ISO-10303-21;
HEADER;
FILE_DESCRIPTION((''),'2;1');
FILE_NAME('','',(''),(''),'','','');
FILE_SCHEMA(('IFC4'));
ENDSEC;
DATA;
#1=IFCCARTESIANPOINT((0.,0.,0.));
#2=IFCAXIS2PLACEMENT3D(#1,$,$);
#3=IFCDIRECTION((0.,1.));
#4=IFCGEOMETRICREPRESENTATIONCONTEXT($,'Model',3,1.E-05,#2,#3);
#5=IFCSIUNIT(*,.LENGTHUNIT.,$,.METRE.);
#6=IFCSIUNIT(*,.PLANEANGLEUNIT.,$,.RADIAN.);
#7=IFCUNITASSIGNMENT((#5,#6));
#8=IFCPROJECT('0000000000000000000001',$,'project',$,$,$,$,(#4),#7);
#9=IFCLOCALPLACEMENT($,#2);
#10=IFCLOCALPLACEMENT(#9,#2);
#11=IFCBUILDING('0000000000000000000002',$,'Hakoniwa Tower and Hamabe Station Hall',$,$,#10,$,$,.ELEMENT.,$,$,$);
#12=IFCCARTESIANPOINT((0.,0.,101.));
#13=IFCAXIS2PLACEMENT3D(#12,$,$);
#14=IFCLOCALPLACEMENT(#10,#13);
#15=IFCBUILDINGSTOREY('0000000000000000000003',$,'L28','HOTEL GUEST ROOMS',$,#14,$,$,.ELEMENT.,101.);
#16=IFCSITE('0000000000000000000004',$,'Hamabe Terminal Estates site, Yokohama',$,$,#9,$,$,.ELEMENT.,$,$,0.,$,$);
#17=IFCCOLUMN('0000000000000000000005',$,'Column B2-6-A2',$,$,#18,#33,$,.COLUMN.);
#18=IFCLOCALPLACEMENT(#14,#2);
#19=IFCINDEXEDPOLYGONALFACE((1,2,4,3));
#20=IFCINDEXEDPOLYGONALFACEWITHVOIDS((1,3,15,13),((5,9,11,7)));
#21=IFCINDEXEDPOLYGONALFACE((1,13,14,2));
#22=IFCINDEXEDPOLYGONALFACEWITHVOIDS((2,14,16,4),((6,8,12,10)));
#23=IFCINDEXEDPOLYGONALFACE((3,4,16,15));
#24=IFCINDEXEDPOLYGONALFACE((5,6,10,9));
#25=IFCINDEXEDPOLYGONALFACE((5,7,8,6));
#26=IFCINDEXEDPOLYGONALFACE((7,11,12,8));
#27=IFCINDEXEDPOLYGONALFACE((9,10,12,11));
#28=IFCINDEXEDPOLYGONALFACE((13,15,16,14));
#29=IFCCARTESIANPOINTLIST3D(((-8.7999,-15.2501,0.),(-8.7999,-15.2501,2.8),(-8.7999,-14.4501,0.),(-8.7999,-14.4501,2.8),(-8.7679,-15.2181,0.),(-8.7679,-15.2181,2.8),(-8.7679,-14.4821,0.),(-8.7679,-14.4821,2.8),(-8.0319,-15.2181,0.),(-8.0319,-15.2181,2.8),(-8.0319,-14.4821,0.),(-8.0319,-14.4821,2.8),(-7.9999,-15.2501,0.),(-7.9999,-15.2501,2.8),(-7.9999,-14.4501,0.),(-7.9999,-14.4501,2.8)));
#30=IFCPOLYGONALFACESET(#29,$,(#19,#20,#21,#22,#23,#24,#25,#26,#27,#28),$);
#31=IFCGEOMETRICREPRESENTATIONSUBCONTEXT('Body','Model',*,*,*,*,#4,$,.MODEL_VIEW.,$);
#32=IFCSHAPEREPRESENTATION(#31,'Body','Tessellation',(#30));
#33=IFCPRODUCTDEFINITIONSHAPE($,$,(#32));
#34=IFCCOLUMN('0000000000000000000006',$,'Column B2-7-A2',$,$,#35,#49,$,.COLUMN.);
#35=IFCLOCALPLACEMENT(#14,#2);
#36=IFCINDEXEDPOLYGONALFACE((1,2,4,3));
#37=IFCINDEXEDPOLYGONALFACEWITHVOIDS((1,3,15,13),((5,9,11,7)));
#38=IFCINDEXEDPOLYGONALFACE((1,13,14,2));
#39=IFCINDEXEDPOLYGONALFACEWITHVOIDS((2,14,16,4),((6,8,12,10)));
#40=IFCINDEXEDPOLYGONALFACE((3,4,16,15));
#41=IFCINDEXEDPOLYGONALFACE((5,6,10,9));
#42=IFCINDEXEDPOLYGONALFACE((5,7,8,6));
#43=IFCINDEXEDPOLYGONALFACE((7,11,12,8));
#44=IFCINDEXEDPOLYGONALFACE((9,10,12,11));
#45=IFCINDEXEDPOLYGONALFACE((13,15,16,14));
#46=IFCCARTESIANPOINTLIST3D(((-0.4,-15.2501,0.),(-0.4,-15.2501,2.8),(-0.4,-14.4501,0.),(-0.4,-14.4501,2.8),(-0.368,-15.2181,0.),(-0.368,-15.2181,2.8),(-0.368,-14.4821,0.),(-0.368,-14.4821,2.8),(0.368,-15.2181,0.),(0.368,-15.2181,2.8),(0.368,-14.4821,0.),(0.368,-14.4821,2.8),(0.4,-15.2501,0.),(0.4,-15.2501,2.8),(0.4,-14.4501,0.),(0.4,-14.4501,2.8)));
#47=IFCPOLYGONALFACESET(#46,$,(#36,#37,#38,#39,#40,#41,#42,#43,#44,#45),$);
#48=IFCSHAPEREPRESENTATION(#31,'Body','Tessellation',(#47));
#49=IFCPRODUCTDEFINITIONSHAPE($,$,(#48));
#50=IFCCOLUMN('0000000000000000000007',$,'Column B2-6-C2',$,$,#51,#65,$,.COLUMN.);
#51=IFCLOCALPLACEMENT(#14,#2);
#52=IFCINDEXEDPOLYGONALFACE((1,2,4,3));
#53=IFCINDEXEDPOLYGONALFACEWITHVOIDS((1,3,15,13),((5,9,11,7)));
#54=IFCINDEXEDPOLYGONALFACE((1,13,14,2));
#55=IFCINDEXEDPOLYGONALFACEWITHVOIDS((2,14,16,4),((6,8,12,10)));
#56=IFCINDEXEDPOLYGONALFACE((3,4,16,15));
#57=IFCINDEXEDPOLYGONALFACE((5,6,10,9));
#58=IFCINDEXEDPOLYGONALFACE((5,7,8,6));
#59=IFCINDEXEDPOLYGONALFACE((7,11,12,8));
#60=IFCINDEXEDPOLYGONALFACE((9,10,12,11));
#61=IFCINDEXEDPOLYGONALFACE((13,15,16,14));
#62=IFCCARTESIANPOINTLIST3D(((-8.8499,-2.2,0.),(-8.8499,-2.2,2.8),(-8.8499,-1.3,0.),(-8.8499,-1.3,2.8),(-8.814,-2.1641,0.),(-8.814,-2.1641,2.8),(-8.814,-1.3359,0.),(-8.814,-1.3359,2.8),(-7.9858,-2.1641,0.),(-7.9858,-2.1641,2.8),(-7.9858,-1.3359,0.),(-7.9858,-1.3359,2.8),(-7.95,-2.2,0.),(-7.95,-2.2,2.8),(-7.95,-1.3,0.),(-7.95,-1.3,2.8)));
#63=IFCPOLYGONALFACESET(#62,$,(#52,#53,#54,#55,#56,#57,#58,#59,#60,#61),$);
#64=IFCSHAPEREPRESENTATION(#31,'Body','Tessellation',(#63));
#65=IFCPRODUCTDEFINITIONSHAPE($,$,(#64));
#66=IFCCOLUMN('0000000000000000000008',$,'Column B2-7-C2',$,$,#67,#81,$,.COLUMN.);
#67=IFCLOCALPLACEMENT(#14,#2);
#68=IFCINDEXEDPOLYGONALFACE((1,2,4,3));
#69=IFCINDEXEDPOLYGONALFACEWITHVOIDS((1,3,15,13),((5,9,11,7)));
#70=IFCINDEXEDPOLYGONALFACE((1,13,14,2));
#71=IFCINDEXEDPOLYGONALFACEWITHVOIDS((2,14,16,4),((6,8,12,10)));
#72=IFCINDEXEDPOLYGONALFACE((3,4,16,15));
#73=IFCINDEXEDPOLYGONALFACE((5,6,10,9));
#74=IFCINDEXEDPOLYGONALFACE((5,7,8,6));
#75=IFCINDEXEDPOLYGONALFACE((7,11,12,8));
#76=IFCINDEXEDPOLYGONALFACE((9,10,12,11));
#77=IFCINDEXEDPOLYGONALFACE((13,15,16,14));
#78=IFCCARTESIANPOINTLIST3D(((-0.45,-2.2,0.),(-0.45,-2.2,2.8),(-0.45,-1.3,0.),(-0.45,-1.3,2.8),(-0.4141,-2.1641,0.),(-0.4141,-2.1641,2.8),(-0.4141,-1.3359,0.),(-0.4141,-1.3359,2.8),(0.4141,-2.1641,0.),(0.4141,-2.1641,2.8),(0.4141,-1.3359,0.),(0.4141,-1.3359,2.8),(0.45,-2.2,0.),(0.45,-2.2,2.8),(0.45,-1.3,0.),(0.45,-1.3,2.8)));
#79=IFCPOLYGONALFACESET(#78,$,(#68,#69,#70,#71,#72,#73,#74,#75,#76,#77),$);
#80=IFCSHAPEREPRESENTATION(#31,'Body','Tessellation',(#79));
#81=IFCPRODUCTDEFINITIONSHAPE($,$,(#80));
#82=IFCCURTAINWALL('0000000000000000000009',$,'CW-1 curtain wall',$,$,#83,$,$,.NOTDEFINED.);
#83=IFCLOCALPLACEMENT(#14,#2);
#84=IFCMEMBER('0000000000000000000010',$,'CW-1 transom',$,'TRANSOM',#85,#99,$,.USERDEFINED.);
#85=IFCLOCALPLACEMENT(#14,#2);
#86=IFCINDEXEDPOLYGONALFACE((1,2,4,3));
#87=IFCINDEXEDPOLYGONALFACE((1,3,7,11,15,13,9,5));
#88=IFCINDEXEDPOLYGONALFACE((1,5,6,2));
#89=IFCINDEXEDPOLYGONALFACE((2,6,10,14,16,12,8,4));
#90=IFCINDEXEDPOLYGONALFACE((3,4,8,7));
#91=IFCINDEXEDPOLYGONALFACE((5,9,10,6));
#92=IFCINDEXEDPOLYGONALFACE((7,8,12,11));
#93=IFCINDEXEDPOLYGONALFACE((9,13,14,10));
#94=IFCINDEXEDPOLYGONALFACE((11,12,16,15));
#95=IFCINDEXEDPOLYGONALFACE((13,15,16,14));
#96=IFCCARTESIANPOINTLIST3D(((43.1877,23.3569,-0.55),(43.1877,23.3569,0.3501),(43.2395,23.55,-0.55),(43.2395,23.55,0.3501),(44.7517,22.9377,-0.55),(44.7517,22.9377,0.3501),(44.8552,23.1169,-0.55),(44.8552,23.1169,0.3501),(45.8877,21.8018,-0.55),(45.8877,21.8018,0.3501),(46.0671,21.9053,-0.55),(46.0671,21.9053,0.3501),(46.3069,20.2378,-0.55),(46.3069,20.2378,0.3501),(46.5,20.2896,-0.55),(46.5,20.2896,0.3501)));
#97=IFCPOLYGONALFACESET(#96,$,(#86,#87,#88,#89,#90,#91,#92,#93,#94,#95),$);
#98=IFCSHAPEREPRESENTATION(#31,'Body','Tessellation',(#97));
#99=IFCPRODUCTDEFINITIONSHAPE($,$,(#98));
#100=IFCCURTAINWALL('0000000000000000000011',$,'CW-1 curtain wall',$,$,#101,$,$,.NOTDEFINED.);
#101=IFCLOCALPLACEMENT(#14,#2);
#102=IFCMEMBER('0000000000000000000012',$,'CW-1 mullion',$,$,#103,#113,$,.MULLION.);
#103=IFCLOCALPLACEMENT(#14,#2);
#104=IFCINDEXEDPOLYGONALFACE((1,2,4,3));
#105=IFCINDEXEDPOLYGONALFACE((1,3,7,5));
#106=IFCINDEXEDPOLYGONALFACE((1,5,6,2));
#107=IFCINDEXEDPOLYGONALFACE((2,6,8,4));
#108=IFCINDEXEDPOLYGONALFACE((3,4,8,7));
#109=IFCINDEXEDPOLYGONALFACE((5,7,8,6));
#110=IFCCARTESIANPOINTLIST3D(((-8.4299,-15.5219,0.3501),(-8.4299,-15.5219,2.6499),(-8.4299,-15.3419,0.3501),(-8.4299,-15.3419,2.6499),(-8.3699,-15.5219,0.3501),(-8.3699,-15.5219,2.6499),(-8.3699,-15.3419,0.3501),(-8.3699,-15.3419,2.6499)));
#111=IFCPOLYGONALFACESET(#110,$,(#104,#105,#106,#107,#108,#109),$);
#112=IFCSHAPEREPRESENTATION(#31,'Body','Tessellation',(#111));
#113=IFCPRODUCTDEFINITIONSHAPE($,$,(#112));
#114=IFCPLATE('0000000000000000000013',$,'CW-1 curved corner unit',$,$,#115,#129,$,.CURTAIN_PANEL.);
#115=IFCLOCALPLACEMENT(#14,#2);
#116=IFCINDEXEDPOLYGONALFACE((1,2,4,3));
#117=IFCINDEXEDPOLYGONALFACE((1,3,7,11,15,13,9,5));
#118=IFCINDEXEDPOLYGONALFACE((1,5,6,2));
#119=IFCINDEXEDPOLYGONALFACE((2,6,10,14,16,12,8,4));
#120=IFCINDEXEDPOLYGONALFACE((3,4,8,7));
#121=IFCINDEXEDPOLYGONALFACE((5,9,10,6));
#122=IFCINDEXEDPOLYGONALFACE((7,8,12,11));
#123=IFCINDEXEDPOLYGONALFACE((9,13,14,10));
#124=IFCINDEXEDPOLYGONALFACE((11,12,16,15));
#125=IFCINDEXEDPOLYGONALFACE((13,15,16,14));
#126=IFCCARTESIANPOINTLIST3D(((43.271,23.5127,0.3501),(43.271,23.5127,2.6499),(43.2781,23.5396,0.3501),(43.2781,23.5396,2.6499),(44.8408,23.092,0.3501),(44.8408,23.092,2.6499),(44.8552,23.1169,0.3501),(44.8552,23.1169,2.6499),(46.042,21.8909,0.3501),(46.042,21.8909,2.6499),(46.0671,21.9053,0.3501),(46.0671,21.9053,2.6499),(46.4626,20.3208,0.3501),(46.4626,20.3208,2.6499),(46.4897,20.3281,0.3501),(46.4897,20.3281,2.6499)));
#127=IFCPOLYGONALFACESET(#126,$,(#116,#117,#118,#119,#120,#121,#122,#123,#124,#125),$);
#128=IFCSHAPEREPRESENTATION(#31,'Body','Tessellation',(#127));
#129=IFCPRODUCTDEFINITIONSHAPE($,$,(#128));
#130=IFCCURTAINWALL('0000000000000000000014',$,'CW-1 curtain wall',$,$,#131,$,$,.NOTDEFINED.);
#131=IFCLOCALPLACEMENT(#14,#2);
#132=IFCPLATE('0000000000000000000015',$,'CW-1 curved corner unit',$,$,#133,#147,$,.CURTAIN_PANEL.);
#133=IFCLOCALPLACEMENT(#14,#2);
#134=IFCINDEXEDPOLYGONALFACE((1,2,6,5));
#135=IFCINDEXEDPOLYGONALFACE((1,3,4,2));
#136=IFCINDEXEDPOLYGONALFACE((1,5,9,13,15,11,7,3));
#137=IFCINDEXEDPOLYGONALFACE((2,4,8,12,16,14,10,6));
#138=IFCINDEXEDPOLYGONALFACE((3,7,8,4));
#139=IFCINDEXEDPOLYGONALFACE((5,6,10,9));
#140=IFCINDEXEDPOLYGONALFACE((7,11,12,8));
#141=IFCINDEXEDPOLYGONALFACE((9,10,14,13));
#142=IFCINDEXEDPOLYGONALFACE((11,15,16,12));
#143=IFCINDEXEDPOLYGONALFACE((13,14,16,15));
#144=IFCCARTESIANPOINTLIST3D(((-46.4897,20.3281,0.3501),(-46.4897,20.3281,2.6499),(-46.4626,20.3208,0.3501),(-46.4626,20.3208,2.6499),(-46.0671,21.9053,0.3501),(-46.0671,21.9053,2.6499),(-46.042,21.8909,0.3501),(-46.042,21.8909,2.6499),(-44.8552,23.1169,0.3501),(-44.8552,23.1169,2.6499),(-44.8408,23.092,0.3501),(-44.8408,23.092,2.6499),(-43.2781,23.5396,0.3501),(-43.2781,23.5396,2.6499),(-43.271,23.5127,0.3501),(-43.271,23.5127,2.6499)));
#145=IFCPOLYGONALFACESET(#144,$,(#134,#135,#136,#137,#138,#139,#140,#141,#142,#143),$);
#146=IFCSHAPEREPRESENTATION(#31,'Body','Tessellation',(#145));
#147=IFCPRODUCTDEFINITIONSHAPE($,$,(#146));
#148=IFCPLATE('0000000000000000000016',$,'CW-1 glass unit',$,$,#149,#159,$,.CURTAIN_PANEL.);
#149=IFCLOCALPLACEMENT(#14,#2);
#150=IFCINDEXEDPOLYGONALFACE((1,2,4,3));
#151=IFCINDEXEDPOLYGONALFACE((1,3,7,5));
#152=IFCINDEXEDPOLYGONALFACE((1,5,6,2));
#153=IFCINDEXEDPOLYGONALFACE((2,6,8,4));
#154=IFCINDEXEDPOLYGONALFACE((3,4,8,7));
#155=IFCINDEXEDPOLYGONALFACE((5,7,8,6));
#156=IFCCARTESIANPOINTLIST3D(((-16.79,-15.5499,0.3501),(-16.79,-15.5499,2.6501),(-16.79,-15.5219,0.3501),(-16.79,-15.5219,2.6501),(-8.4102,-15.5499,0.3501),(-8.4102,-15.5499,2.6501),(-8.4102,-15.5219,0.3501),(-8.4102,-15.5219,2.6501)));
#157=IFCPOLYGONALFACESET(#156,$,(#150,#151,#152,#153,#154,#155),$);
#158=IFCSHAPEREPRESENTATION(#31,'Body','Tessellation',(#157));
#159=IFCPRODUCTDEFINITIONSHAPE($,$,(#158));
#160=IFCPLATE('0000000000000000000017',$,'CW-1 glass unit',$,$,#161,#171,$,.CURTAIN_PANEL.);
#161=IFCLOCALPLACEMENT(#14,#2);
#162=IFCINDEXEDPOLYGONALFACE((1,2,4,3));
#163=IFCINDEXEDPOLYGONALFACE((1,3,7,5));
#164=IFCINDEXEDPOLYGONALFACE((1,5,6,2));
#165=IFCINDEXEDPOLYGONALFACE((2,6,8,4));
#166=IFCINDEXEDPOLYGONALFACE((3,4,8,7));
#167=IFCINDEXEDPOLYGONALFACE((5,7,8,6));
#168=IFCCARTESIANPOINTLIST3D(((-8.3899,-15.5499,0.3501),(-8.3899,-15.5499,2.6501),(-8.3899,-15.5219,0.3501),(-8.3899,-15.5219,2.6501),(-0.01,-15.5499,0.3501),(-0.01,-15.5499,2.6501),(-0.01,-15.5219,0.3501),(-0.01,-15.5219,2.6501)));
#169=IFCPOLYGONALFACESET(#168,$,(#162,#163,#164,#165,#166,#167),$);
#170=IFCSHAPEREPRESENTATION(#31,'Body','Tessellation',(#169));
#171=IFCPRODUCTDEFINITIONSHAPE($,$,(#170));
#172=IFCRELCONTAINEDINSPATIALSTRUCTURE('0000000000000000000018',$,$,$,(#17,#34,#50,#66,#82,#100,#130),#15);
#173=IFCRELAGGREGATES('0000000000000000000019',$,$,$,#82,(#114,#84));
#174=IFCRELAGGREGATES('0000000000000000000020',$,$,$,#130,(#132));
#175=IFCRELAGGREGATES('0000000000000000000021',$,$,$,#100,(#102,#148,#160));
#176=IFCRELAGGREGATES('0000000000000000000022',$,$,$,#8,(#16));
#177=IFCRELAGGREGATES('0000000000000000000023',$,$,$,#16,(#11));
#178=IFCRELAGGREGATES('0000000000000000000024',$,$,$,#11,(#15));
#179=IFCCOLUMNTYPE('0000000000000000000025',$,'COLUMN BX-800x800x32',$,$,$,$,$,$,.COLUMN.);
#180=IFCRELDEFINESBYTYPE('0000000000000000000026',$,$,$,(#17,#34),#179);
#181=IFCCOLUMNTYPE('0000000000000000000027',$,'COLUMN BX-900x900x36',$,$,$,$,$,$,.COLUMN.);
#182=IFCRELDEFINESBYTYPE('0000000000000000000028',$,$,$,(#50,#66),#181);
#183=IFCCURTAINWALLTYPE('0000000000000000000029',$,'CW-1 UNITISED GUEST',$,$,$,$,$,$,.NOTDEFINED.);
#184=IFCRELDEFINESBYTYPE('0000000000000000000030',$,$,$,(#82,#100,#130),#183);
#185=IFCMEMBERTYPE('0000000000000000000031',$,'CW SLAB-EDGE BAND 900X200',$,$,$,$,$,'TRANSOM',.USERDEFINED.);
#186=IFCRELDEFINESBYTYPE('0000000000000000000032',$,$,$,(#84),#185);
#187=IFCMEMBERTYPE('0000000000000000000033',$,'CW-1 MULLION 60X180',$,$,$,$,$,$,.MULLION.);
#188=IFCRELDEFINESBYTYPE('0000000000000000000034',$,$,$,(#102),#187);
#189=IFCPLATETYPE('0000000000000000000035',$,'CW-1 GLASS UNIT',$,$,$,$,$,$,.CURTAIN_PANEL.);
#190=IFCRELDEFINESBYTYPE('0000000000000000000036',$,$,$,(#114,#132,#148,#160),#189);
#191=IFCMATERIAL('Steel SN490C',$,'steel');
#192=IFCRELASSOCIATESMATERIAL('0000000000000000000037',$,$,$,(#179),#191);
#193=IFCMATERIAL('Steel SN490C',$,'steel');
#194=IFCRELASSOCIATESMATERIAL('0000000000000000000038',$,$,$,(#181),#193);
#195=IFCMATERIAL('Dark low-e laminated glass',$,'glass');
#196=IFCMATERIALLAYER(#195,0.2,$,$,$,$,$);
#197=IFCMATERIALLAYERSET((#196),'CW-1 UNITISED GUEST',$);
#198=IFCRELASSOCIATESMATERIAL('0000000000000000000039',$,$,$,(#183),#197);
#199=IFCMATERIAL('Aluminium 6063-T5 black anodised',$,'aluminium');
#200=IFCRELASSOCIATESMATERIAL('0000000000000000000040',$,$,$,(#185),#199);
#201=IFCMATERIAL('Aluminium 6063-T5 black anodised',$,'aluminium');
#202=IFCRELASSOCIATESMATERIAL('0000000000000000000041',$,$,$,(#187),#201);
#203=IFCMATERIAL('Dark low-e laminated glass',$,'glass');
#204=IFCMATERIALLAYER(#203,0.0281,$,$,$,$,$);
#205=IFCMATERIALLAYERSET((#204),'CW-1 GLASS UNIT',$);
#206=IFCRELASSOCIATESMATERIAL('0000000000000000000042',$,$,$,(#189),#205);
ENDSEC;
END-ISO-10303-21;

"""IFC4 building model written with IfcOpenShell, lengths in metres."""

from ifc_helpers import new_model, si_unit, direction, frame, origin, origin_2d, place, context, subcontext, project, spatial, polyline, rectangle, hollow_rectangle, outline, extrude, material, layer, layer_set, material_profile, profile_set, type_object, element, aggregate, save


model = new_model("IFC4")

# Units and contexts
model_context = context("Model", 3, precision=1e-05, world=origin(), true_north=direction((0.0, 1.0)))
body_context = subcontext(model_context, "Body", "Model", "MODEL_VIEW")
ifc_project = project(units=[si_unit("LENGTHUNIT", "METRE"), si_unit("PLANEANGLEUNIT", "RADIAN")], contexts=[model_context])

# Site, building, storey
site_placement = place(None, origin())
site = spatial("IfcSite", under=ifc_project, at=site_placement, Name="Hamabe Terminal Estates site, Yokohama", CompositionType="ELEMENT", RefElevation=0.0)
building_placement = place(site_placement, origin())
building = spatial("IfcBuilding", under=site, at=building_placement, Name="Hakoniwa Tower and Hamabe Station Hall", CompositionType="ELEMENT")
storey_placement = place(building_placement, frame((0.0, 0.0, 101.0)))
storey = spatial("IfcBuildingStorey", under=building, at=storey_placement, Name="L28", Description="HOTEL GUEST ROOMS", CompositionType="ELEMENT", Elevation=101.0)

# Columns
ifc_material_1 = material(Name="Steel SN490C", Category="steel")
ifc_material_profile_1 = material_profile(ifc_material_1, hollow_rectangle(XDim=0.8, YDim=0.8, WallThickness=0.032, at=origin_2d()), Name="BX-800x800x32")
ifc_profile_set_1 = profile_set([ifc_material_profile_1], Name="Steel SN490C")
column_type_1 = type_object("IfcColumnType", Name="COLUMN BX-800x800x32", PredefinedType="COLUMN", material=ifc_profile_set_1)
for number, where, z_axis, x_axis, name in (
    (1, (-8.3999, -14.8501, 0.0), (0.0, 0.0, 1.0), (1.0, 0.0, 0.0), "Column B2-6-A2"),
    (2, (0.0, -14.8501, 0.0), (0.0, 0.0, 1.0), (1.0, 0.0, 0.0), "Column B2-7-A2"),
):
    element("IfcColumn", number, at=place(storey_placement, frame(where, z_axis=z_axis, x_axis=x_axis)), inside=storey, type_object=column_type_1, Name=name, PredefinedType="COLUMN", context=body_context, shape_type="SweptSolid", body=[
        extrude(hollow_rectangle(XDim=0.8, YDim=0.8, WallThickness=0.032, at=origin_2d()), origin(), (0.0, 0.0, 1.0), 2.8),
    ])
ifc_material_2 = material(Name="Steel SN490C", Category="steel")
ifc_material_profile_2 = material_profile(ifc_material_2, hollow_rectangle(XDim=0.8999, YDim=0.8999, WallThickness=0.0359, at=origin_2d()), Name="BX-900x900x36")
ifc_profile_set_2 = profile_set([ifc_material_profile_2], Name="Steel SN490C")
column_type_2 = type_object("IfcColumnType", Name="COLUMN BX-900x900x36", PredefinedType="COLUMN", material=ifc_profile_set_2)
for number, where, z_axis, x_axis, name in (
    (3, (-8.3999, -1.75, 0.0), (0.0, 0.0, 1.0), (1.0, 0.0, 0.0), "Column B2-6-C2"),
    (4, (0.0, -1.75, 0.0), (0.0, 0.0, 1.0), (1.0, 0.0, 0.0), "Column B2-7-C2"),
):
    element("IfcColumn", number, at=place(storey_placement, frame(where, z_axis=z_axis, x_axis=x_axis)), inside=storey, type_object=column_type_2, Name=name, PredefinedType="COLUMN", context=body_context, shape_type="SweptSolid", body=[
        extrude(hollow_rectangle(XDim=0.8999, YDim=0.8999, WallThickness=0.0359, at=origin_2d()), origin(), (0.0, 0.0, 1.0), 2.8),
    ])

# Curtain walls, members
ifc_material_3 = material(Name="Dark low-e laminated glass", Category="glass")
ifc_layer_1 = layer(ifc_material_3, 0.2)
ifc_layer_set_1 = layer_set([ifc_layer_1], Name="CW-1 UNITISED GUEST")
curtain_wall_type = type_object("IfcCurtainWallType", Name="CW-1 UNITISED GUEST", PredefinedType="NOTDEFINED", material=ifc_layer_set_1)
curtain_wall_1_placement = place(storey_placement, origin())
curtain_wall_1 = element("IfcCurtainWall", 5, at=curtain_wall_1_placement, inside=storey, type_object=curtain_wall_type, Name="CW-1 curtain wall", PredefinedType="NOTDEFINED")
ifc_material_4 = material(Name="Aluminium 6063-T5 black anodised", Category="aluminium")
ifc_material_profile_3 = material_profile(ifc_material_4, rectangle(XDim=0.2, YDim=0.8999, at=origin_2d()), Name="CW SLAB-EDGE BAND 900X200")
ifc_profile_set_3 = profile_set([ifc_material_profile_3], Name="Aluminium 6063-T5 black anodised")
member_type_1 = type_object("IfcMemberType", Name="CW SLAB-EDGE BAND 900X200", ElementType="TRANSOM", PredefinedType="USERDEFINED", material=ifc_profile_set_3)
member_1_placement = place(storey_placement, frame((0.0, 0.0, -0.55)))
member_1 = element("IfcMember", 6, at=member_1_placement, type_object=member_type_1, Name="CW-1 transom", ObjectType="TRANSOM", PredefinedType="USERDEFINED", context=body_context, shape_type="SweptSolid", body=[
    extrude(outline(polyline([(46.5, 20.2896), (46.0671, 21.9053), (44.8552, 23.1169), (43.2395, 23.55), (43.1877, 23.3569), (44.7517, 22.9377), (45.8877, 21.8018), (46.3069, 20.2378), (46.5, 20.2896)])), origin(), (0.0, 0.0, 1.0), 0.9001),
])
curtain_wall_2_placement = place(storey_placement, origin())
curtain_wall_2 = element("IfcCurtainWall", 7, at=curtain_wall_2_placement, inside=storey, type_object=curtain_wall_type, Name="CW-1 curtain wall", PredefinedType="NOTDEFINED")
ifc_material_5 = material(Name="Aluminium 6063-T5 black anodised", Category="aluminium")
ifc_material_profile_4 = material_profile(ifc_material_5, rectangle(XDim=0.0601, YDim=0.1799, at=origin_2d()), Name="CW-1 MULLION 60X180")
ifc_profile_set_4 = profile_set([ifc_material_profile_4], Name="Aluminium 6063-T5 black anodised")
member_type_2 = type_object("IfcMemberType", Name="CW-1 MULLION 60X180", PredefinedType="MULLION", material=ifc_profile_set_4)
member_2_placement = place(storey_placement, frame((-8.3999, -15.4319, 0.3501), z_axis=(0.0, 0.0, 1.0), x_axis=(1.0, 0.0, 0.0)))
member_2 = element("IfcMember", 8, at=member_2_placement, type_object=member_type_2, Name="CW-1 mullion", PredefinedType="MULLION", context=body_context, shape_type="SweptSolid", body=[
    extrude(rectangle(XDim=0.0601, YDim=0.1799, at=origin_2d()), origin(), (0.0, 0.0, 1.0), 2.2998),
])

# Plate
ifc_material_6 = material(Name="Dark low-e laminated glass", Category="glass")
ifc_layer_2 = layer(ifc_material_6, 0.0281)
ifc_layer_set_2 = layer_set([ifc_layer_2], Name="CW-1 GLASS UNIT")
plate_type = type_object("IfcPlateType", Name="CW-1 GLASS UNIT", PredefinedType="CURTAIN_PANEL", material=ifc_layer_set_2)
plate_1_placement = place(storey_placement, frame((0.0, 0.0, 0.3501)))
plate_1 = element("IfcPlate", 9, at=plate_1_placement, type_object=plate_type, Name="CW-1 curved corner unit", PredefinedType="CURTAIN_PANEL", context=body_context, shape_type="SweptSolid", body=[
    extrude(outline(polyline([(46.4897, 20.3281), (46.0671, 21.9053), (44.8552, 23.1169), (43.2781, 23.5396), (43.271, 23.5127), (44.8408, 23.092), (46.042, 21.8909), (46.4626, 20.3208), (46.4897, 20.3281)])), origin(), (0.0, 0.0, 1.0), 2.2998),
])
aggregate(curtain_wall_1, [plate_1, member_1])

# Curtain wall, plate
curtain_wall_3_placement = place(storey_placement, origin())
curtain_wall_3 = element("IfcCurtainWall", 10, at=curtain_wall_3_placement, inside=storey, type_object=curtain_wall_type, Name="CW-1 curtain wall", PredefinedType="NOTDEFINED")
plate_2_placement = place(storey_placement, frame((0.0, 0.0, 0.3501)))
plate_2 = element("IfcPlate", 11, at=plate_2_placement, type_object=plate_type, Name="CW-1 curved corner unit", PredefinedType="CURTAIN_PANEL", context=body_context, shape_type="SweptSolid", body=[
    extrude(outline(polyline([(-43.2781, 23.5396), (-44.8552, 23.1169), (-46.0671, 21.9053), (-46.4897, 20.3281), (-46.4626, 20.3208), (-46.042, 21.8909), (-44.8408, 23.092), (-43.271, 23.5127), (-43.2781, 23.5396)])), origin(), (0.0, 0.0, 1.0), 2.2998),
])
aggregate(curtain_wall_3, [plate_2])

# Plates
plate_3_placement = place(storey_placement, frame((-12.6001, -15.5359, 0.3501), z_axis=(0.0, 0.0, 1.0), x_axis=(1.0, 0.0, 0.0)))
plate_3 = element("IfcPlate", 12, at=plate_3_placement, type_object=plate_type, Name="CW-1 glass unit", PredefinedType="CURTAIN_PANEL", context=body_context, shape_type="SweptSolid", body=[
    extrude(rectangle(XDim=8.3799, YDim=0.0281, at=origin_2d()), origin(), (0.0, 0.0, 1.0), 2.3),
])
plate_4_placement = place(storey_placement, frame((-4.2, -15.5359, 0.3501), z_axis=(0.0, 0.0, 1.0), x_axis=(1.0, 0.0, 0.0)))
plate_4 = element("IfcPlate", 13, at=plate_4_placement, type_object=plate_type, Name="CW-1 glass unit", PredefinedType="CURTAIN_PANEL", context=body_context, shape_type="SweptSolid", body=[
    extrude(rectangle(XDim=8.3799, YDim=0.0281, at=origin_2d()), origin(), (0.0, 0.0, 1.0), 2.3),
])
aggregate(curtain_wall_2, [member_2, plate_3, plate_4])

save(model, "model.ifc")
